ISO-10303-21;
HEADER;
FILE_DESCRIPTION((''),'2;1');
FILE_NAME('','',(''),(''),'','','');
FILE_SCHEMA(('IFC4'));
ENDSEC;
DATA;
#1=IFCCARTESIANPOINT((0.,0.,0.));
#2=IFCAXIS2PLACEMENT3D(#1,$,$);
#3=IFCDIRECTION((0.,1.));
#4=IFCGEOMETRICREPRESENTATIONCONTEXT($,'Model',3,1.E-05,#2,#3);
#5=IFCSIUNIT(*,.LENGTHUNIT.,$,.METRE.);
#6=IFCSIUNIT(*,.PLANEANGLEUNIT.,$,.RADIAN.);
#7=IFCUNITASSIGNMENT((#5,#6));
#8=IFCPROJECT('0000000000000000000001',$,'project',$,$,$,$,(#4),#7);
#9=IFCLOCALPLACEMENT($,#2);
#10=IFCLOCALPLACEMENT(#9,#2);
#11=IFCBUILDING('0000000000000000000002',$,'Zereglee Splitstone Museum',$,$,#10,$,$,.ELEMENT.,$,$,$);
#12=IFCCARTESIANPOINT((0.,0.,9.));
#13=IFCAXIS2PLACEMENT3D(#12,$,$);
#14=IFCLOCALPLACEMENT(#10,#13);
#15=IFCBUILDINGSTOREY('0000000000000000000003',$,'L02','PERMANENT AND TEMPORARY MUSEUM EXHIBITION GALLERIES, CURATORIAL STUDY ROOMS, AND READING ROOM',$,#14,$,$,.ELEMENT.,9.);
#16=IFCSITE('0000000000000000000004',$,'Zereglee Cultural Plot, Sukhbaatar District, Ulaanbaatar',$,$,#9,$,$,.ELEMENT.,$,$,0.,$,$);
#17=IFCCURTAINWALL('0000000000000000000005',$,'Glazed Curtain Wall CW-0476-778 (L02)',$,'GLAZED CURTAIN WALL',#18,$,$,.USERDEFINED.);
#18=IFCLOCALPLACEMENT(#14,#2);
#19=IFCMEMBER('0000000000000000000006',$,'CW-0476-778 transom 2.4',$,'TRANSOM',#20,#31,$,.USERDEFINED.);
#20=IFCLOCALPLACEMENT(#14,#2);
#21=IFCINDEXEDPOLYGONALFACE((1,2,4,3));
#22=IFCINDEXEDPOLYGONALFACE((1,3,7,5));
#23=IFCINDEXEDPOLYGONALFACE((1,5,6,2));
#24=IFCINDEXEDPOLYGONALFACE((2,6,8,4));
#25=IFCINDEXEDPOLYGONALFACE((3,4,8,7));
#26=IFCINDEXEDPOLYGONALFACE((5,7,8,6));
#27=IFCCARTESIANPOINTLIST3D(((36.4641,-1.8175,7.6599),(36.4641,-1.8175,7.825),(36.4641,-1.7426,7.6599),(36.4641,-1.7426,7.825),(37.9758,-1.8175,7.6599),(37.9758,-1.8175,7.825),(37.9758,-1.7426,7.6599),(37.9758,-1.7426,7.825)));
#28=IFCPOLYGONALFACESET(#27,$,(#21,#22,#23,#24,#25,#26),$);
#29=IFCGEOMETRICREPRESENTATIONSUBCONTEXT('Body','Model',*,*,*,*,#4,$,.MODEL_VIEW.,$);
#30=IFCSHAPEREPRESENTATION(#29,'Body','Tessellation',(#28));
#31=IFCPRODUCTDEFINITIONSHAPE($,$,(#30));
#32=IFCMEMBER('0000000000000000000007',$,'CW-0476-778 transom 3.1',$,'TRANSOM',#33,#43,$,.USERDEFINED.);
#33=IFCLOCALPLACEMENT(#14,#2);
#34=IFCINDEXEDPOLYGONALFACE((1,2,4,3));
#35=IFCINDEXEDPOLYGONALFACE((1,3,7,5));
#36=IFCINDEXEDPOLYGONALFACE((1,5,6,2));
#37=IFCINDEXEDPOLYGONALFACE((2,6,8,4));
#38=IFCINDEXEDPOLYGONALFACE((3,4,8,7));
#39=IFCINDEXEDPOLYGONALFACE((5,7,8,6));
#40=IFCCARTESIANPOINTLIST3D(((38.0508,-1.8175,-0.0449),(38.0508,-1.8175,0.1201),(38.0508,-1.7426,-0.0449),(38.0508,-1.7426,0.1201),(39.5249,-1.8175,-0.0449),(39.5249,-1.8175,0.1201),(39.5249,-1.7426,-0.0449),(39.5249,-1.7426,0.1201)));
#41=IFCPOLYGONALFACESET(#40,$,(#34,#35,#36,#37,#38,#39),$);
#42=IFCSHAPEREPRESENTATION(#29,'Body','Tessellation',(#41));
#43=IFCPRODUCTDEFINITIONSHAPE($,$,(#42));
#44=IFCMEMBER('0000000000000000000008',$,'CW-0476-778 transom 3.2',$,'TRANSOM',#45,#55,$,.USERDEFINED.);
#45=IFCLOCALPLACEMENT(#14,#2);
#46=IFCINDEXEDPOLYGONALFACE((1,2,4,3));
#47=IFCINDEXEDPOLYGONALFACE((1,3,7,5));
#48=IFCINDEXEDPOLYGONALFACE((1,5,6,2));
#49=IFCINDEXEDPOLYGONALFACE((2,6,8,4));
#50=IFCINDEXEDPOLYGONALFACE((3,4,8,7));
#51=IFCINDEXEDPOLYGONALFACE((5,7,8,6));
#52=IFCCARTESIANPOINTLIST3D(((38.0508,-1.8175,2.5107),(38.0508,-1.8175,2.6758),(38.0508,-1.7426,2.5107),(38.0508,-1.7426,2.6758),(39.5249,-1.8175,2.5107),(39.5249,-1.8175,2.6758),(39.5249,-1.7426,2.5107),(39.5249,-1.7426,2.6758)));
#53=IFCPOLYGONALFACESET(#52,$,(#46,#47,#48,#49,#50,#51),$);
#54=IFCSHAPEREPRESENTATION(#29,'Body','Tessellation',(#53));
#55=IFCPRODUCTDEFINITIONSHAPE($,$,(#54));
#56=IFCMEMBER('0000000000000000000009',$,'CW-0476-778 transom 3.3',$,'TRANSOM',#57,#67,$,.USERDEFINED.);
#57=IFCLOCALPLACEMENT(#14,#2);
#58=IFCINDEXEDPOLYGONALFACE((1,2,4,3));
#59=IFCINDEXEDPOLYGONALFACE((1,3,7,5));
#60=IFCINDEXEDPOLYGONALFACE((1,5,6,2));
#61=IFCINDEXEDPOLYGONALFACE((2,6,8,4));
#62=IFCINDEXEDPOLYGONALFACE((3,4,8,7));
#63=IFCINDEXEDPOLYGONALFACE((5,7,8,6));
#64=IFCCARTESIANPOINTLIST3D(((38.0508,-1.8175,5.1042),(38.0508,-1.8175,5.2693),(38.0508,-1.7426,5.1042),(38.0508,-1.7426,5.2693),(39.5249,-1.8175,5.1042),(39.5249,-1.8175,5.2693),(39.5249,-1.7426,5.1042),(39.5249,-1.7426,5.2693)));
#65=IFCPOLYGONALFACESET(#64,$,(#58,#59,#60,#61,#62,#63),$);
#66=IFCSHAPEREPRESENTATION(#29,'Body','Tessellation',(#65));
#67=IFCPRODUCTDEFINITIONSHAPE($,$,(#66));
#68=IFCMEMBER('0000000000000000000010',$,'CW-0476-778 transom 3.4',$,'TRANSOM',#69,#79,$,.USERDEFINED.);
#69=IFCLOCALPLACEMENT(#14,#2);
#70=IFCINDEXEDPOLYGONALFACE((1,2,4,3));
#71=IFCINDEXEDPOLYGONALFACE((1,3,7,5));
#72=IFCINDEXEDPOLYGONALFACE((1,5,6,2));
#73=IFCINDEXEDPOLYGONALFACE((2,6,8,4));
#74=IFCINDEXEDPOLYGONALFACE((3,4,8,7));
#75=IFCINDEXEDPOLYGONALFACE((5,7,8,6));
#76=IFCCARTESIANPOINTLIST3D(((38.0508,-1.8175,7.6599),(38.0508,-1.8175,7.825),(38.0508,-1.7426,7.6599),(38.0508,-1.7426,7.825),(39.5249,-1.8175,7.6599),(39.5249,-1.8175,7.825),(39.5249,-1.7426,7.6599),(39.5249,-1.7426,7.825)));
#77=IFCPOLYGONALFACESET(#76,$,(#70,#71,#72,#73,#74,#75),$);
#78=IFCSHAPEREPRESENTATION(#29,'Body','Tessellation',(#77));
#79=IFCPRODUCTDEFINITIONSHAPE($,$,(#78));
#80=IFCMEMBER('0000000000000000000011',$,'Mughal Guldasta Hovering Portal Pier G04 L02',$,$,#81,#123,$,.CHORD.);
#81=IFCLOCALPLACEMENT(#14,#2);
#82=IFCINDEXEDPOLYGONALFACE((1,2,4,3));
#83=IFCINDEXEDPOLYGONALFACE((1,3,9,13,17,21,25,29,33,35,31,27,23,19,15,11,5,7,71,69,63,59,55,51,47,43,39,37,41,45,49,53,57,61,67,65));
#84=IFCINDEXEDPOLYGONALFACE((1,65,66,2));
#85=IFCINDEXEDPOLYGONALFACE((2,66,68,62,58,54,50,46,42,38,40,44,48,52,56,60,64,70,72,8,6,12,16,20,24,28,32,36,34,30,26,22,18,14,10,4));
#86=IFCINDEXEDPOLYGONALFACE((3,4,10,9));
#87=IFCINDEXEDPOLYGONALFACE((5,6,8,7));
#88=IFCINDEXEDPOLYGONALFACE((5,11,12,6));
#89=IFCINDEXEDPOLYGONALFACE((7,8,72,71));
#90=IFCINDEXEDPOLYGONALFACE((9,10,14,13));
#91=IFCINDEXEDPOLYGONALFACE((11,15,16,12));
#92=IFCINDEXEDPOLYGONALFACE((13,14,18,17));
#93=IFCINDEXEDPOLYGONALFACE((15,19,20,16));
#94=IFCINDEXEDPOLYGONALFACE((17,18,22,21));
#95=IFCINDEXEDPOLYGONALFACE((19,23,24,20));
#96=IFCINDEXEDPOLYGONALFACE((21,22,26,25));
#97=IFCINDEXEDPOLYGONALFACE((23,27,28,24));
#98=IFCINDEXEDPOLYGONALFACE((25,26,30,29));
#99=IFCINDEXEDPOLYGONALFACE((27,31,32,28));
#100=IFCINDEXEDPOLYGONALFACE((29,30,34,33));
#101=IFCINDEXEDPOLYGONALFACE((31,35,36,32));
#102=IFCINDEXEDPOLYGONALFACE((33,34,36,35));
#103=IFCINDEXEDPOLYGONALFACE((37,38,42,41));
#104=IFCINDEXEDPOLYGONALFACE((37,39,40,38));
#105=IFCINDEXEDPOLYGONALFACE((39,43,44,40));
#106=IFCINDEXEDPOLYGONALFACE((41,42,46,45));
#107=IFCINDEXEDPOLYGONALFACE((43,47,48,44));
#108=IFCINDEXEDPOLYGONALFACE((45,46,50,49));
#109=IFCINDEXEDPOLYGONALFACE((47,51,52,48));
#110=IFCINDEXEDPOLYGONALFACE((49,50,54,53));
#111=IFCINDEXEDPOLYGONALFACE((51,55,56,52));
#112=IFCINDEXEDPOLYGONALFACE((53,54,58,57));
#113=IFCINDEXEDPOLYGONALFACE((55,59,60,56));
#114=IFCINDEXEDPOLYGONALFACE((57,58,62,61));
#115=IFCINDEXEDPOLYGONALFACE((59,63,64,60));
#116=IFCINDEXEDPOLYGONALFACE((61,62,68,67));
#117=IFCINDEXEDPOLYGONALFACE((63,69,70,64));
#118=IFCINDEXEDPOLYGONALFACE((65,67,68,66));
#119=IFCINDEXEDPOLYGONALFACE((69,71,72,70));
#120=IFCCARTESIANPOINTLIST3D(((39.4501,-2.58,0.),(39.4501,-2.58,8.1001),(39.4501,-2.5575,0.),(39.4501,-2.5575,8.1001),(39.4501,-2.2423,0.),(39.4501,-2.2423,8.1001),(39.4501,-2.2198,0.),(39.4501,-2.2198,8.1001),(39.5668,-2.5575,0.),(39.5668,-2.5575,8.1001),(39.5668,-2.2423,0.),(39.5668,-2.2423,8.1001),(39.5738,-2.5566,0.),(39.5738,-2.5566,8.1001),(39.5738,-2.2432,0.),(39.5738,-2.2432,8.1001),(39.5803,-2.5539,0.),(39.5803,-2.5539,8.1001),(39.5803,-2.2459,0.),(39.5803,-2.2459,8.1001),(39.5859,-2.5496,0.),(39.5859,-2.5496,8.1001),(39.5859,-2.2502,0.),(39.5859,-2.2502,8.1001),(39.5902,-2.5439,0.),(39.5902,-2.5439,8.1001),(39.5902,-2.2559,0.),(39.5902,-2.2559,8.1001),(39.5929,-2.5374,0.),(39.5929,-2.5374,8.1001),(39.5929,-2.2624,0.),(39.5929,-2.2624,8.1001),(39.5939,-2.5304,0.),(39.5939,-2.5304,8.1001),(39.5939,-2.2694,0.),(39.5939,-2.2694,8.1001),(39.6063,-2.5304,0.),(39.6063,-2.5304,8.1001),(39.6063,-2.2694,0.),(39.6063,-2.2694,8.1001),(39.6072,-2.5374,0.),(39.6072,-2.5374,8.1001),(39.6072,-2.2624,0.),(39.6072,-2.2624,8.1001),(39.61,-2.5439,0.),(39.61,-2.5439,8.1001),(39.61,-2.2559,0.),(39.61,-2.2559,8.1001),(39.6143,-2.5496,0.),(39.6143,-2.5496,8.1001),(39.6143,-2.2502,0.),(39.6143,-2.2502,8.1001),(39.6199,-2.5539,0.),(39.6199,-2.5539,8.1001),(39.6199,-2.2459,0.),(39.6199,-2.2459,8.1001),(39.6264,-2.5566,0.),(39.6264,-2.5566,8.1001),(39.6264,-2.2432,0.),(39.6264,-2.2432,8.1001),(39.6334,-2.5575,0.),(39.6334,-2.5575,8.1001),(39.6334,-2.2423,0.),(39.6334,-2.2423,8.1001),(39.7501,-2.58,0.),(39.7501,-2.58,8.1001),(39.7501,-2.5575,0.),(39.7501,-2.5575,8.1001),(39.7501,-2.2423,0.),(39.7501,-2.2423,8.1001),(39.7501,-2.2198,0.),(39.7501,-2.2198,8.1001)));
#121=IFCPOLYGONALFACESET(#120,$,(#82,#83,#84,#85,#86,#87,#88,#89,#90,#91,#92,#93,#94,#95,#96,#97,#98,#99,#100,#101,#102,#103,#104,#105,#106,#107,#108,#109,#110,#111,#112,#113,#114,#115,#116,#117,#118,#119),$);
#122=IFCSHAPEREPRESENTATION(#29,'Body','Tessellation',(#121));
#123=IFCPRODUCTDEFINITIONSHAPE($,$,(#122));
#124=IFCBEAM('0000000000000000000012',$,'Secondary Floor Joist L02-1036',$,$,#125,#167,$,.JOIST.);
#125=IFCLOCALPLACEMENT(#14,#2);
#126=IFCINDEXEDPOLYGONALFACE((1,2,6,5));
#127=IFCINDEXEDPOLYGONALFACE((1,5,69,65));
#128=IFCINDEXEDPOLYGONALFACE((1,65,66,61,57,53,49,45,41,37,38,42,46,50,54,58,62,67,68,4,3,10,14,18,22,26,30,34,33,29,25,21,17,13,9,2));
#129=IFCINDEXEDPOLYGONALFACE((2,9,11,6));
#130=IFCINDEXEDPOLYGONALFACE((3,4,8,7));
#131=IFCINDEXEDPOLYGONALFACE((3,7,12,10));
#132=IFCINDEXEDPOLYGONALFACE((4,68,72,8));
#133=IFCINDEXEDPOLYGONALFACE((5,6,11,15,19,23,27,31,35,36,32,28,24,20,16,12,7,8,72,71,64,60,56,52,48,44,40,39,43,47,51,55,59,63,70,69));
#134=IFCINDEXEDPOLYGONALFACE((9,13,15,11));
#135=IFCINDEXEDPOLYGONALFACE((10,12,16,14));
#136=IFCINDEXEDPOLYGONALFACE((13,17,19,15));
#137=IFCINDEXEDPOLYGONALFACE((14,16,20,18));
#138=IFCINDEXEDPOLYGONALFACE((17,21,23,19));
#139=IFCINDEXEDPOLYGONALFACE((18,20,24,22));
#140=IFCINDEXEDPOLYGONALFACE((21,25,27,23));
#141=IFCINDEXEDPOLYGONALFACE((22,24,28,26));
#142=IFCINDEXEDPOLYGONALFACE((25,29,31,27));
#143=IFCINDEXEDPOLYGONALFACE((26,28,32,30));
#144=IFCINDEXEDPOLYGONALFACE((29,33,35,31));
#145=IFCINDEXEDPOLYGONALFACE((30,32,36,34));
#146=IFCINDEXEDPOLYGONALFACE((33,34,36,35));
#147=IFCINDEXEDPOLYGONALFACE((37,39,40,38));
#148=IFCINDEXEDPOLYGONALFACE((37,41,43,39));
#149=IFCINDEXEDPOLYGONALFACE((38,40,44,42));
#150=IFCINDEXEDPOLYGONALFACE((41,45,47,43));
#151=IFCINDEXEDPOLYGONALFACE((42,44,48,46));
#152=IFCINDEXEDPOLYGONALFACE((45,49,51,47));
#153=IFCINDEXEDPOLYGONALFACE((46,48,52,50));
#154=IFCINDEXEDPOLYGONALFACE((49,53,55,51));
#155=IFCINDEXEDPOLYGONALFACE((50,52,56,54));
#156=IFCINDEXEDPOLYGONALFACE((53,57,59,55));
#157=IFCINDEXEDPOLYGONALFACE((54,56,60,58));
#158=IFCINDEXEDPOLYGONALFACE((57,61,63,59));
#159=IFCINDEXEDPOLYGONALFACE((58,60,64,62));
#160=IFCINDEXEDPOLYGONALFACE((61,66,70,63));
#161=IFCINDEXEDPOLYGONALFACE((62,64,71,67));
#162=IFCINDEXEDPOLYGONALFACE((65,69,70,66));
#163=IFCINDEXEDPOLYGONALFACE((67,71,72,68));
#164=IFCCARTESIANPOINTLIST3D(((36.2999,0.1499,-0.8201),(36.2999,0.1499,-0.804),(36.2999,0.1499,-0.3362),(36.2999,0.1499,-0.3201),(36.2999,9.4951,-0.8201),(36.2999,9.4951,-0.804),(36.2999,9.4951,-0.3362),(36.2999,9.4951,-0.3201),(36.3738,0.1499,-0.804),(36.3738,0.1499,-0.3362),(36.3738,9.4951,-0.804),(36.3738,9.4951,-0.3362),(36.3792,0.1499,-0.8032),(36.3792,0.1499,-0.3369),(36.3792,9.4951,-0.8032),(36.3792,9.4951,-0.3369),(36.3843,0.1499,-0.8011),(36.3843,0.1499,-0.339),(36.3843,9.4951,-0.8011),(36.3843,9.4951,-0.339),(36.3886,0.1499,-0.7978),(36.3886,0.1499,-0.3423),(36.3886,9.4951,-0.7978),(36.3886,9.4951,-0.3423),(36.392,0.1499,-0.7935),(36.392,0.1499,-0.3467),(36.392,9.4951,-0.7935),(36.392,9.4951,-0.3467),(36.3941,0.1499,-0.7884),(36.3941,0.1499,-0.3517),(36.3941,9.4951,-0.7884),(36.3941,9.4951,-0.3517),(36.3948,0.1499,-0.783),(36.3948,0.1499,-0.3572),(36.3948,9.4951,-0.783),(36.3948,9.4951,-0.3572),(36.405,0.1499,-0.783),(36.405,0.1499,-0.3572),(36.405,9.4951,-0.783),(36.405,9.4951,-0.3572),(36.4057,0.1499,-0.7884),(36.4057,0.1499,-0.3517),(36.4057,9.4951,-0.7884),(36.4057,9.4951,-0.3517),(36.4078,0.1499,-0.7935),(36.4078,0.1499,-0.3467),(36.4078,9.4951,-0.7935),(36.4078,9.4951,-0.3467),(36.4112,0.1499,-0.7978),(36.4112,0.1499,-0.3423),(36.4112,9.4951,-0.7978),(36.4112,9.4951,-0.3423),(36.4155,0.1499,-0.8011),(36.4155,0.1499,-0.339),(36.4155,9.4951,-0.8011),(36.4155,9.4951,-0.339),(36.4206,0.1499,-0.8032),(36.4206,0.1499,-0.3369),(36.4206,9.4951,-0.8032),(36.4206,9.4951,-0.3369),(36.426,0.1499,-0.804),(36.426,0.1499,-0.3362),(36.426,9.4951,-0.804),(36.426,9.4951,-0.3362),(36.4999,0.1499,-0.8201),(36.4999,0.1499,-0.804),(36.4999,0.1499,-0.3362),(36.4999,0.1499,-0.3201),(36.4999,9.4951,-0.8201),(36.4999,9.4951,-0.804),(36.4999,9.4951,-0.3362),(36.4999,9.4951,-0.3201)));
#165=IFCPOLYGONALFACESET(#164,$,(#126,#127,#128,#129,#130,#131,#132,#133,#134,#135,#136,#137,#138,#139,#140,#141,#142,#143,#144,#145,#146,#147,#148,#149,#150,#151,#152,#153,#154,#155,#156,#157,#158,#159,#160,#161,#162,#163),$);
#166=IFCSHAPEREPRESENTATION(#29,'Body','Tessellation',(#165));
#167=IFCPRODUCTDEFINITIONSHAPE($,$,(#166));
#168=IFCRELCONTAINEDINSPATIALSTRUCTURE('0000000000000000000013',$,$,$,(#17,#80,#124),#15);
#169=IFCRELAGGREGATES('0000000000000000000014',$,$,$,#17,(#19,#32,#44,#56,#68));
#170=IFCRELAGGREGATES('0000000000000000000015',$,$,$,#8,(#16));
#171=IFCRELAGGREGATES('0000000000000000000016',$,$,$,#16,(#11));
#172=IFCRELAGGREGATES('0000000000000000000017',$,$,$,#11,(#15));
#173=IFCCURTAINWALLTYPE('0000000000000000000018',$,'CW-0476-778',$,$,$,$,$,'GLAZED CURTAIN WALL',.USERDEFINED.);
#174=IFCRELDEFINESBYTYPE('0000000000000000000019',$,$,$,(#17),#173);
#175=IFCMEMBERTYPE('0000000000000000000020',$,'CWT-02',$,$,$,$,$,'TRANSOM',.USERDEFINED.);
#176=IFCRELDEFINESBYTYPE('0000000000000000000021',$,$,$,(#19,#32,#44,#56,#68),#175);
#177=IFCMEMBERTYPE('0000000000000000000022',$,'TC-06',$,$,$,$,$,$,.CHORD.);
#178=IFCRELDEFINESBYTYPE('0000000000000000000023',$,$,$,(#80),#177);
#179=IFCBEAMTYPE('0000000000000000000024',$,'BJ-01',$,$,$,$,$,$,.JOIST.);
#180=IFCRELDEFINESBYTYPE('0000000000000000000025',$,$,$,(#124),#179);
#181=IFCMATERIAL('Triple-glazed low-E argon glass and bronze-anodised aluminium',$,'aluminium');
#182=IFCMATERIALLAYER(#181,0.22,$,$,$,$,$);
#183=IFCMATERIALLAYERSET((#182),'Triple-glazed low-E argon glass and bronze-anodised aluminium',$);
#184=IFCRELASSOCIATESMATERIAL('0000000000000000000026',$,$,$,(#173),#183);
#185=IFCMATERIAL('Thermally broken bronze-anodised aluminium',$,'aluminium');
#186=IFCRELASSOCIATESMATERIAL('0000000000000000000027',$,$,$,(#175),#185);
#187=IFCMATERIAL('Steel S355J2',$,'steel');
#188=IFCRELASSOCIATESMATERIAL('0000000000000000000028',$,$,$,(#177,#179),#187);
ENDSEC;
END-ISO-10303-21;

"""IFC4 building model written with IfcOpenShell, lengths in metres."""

from ifc_helpers import new_model, si_unit, direction, frame, origin, origin_2d, place, context, subcontext, project, spatial, rectangle, i_section, extrude, material, layer, layer_set, material_profile, profile_set, type_object, element, aggregate, save


model = new_model("IFC4")

# Units and contexts
model_context = context("Model", 3, precision=1e-05, world=origin(), true_north=direction((0.0, 1.0)))
body_context = subcontext(model_context, "Body", "Model", "MODEL_VIEW")
ifc_project = project(units=[si_unit("LENGTHUNIT", "METRE"), si_unit("PLANEANGLEUNIT", "RADIAN")], contexts=[model_context])

# Site, building, storey
site_placement = place(None, origin())
site = spatial("IfcSite", under=ifc_project, at=site_placement, Name="Zereglee Cultural Plot, Sukhbaatar District, Ulaanbaatar", CompositionType="ELEMENT", RefElevation=0.0)
building_placement = place(site_placement, origin())
building = spatial("IfcBuilding", under=site, at=building_placement, Name="Zereglee Splitstone Museum", CompositionType="ELEMENT")
storey_placement = place(building_placement, frame((0.0, 0.0, 9.0)))
storey = spatial("IfcBuildingStorey", under=building, at=storey_placement, Name="L02", Description="PERMANENT AND TEMPORARY MUSEUM EXHIBITION GALLERIES, CURATORIAL STUDY ROOMS, AND READING ROOM", CompositionType="ELEMENT", Elevation=9.0)

# Shared definitions
ifc_material_1 = material(Name="Steel S355J2", Category="steel")

# Curtain wall, members
ifc_material_2 = material(Name="Triple-glazed low-E argon glass and bronze-anodised aluminium", Category="aluminium")
ifc_layer_1 = layer(ifc_material_2, 0.22)
ifc_layer_set_1 = layer_set([ifc_layer_1], Name="Triple-glazed low-E argon glass and bronze-anodised aluminium")
curtain_wall_type = type_object("IfcCurtainWallType", Name="CW-0476-778", ElementType="GLAZED CURTAIN WALL", PredefinedType="USERDEFINED", material=ifc_layer_set_1)
curtain_wall_placement = place(storey_placement, origin())
curtain_wall = element("IfcCurtainWall", 1, at=curtain_wall_placement, inside=storey, type_object=curtain_wall_type, Name="Glazed Curtain Wall CW-0476-778 (L02)", ObjectType="GLAZED CURTAIN WALL", PredefinedType="USERDEFINED")
ifc_material_3 = material(Name="Thermally broken bronze-anodised aluminium", Category="aluminium")
ifc_material_profile_1 = material_profile(ifc_material_3, rectangle(XDim=0.075, YDim=0.165, at=origin_2d()), Name="CW TRAN 75x165")
ifc_profile_set_1 = profile_set([ifc_material_profile_1], Name="Thermally broken bronze-anodised aluminium")
member_type_1 = type_object("IfcMemberType", Name="CWT-02", ElementType="TRANSOM", PredefinedType="USERDEFINED", material=ifc_profile_set_1)
member_1_placement = place(storey_placement, frame((36.4641, -1.78, 7.7424), z_axis=(1.0, 0.0, 0.0), x_axis=(0.0, 1.0, 0.0)))
member_1 = element("IfcMember", 2, at=member_1_placement, type_object=member_type_1, Name="CW-0476-778 transom 2.4", ObjectType="TRANSOM", PredefinedType="USERDEFINED", context=body_context, shape_type="SweptSolid", body=[
    extrude(rectangle(XDim=0.075, YDim=0.165, at=origin_2d()), origin(), (0.0, 0.0, 1.0), 1.5117),
])
member_2_placement = place(storey_placement, frame((38.0508, -1.78, 0.0376), z_axis=(1.0, 0.0, 0.0), x_axis=(0.0, 1.0, 0.0)))
member_2 = element("IfcMember", 3, at=member_2_placement, type_object=member_type_1, Name="CW-0476-778 transom 3.1", ObjectType="TRANSOM", PredefinedType="USERDEFINED", context=body_context, shape_type="SweptSolid", body=[
    extrude(rectangle(XDim=0.075, YDim=0.165, at=origin_2d()), origin(), (0.0, 0.0, 1.0), 1.4741),
])
member_3_placement = place(storey_placement, frame((38.0508, -1.78, 2.5933), z_axis=(1.0, 0.0, 0.0), x_axis=(0.0, 1.0, 0.0)))
member_3 = element("IfcMember", 4, at=member_3_placement, type_object=member_type_1, Name="CW-0476-778 transom 3.2", ObjectType="TRANSOM", PredefinedType="USERDEFINED", context=body_context, shape_type="SweptSolid", body=[
    extrude(rectangle(XDim=0.075, YDim=0.165, at=origin_2d()), origin(), (0.0, 0.0, 1.0), 1.4741),
])
member_4_placement = place(storey_placement, frame((38.0508, -1.78, 5.1868), z_axis=(1.0, 0.0, 0.0), x_axis=(0.0, 1.0, 0.0)))
member_4 = element("IfcMember", 5, at=member_4_placement, type_object=member_type_1, Name="CW-0476-778 transom 3.3", ObjectType="TRANSOM", PredefinedType="USERDEFINED", context=body_context, shape_type="SweptSolid", body=[
    extrude(rectangle(XDim=0.075, YDim=0.165, at=origin_2d()), origin(), (0.0, 0.0, 1.0), 1.4741),
])
member_5_placement = place(storey_placement, frame((38.0508, -1.78, 7.7424), z_axis=(1.0, 0.0, 0.0), x_axis=(0.0, 1.0, 0.0)))
member_5 = element("IfcMember", 6, at=member_5_placement, type_object=member_type_1, Name="CW-0476-778 transom 3.4", ObjectType="TRANSOM", PredefinedType="USERDEFINED", context=body_context, shape_type="SweptSolid", body=[
    extrude(rectangle(XDim=0.075, YDim=0.165, at=origin_2d()), origin(), (0.0, 0.0, 1.0), 1.4741),
])

# Member
ifc_material_profile_2 = material_profile(ifc_material_1, i_section(OverallWidth=0.3, OverallDepth=0.3601, WebThickness=0.0125, FlangeThickness=0.0225, FilletRadius=0.0271, at=origin_2d()), Name="HE 360 B")
ifc_profile_set_2 = profile_set([ifc_material_profile_2], Name="Steel S355J2")
member_type_2 = type_object("IfcMemberType", Name="TC-06", PredefinedType="CHORD", material=ifc_profile_set_2)
member_6_placement = place(storey_placement, frame((39.6001, -2.3999, 0.0), z_axis=(0.0, 0.0, 1.0), x_axis=(1.0, 0.0, 0.0)))
element("IfcMember", 7, at=member_6_placement, inside=storey, type_object=member_type_2, Name="Mughal Guldasta Hovering Portal Pier G04 L02", PredefinedType="CHORD", context=body_context, shape_type="SweptSolid", body=[
    extrude(i_section(OverallWidth=0.3, OverallDepth=0.3601, WebThickness=0.0125, FlangeThickness=0.0225, FilletRadius=0.0271, at=origin_2d()), origin(), (0.0, 0.0, 1.0), 8.1001),
])

# Beam
ifc_material_profile_3 = material_profile(ifc_material_1, i_section(OverallWidth=0.2, OverallDepth=0.5, WebThickness=0.0103, FlangeThickness=0.0161, FilletRadius=0.021, at=origin_2d()), Name="IPE 500")
ifc_profile_set_3 = profile_set([ifc_material_profile_3], Name="Steel S355J2")
beam_type_1 = type_object("IfcBeamType", Name="BJ-01", PredefinedType="JOIST", material=ifc_profile_set_3)
beam_1_placement = place(storey_placement, frame((36.3999, 0.1499, -0.5701), z_axis=(0.0, 1.0, 0.0), x_axis=(-1.0, 0.0, 0.0)))
element("IfcBeam", 8, at=beam_1_placement, inside=storey, type_object=beam_type_1, Name="Secondary Floor Joist L02-1036", PredefinedType="JOIST", context=body_context, shape_type="SweptSolid", body=[
    extrude(i_section(OverallWidth=0.2, OverallDepth=0.5, WebThickness=0.0103, FlangeThickness=0.0161, FilletRadius=0.021, at=origin_2d()), origin(), (0.0, 0.0, 1.0), 9.3452),
])

aggregate(curtain_wall, [member_1, member_2, member_3, member_4, member_5])

save(model, "model.ifc")
